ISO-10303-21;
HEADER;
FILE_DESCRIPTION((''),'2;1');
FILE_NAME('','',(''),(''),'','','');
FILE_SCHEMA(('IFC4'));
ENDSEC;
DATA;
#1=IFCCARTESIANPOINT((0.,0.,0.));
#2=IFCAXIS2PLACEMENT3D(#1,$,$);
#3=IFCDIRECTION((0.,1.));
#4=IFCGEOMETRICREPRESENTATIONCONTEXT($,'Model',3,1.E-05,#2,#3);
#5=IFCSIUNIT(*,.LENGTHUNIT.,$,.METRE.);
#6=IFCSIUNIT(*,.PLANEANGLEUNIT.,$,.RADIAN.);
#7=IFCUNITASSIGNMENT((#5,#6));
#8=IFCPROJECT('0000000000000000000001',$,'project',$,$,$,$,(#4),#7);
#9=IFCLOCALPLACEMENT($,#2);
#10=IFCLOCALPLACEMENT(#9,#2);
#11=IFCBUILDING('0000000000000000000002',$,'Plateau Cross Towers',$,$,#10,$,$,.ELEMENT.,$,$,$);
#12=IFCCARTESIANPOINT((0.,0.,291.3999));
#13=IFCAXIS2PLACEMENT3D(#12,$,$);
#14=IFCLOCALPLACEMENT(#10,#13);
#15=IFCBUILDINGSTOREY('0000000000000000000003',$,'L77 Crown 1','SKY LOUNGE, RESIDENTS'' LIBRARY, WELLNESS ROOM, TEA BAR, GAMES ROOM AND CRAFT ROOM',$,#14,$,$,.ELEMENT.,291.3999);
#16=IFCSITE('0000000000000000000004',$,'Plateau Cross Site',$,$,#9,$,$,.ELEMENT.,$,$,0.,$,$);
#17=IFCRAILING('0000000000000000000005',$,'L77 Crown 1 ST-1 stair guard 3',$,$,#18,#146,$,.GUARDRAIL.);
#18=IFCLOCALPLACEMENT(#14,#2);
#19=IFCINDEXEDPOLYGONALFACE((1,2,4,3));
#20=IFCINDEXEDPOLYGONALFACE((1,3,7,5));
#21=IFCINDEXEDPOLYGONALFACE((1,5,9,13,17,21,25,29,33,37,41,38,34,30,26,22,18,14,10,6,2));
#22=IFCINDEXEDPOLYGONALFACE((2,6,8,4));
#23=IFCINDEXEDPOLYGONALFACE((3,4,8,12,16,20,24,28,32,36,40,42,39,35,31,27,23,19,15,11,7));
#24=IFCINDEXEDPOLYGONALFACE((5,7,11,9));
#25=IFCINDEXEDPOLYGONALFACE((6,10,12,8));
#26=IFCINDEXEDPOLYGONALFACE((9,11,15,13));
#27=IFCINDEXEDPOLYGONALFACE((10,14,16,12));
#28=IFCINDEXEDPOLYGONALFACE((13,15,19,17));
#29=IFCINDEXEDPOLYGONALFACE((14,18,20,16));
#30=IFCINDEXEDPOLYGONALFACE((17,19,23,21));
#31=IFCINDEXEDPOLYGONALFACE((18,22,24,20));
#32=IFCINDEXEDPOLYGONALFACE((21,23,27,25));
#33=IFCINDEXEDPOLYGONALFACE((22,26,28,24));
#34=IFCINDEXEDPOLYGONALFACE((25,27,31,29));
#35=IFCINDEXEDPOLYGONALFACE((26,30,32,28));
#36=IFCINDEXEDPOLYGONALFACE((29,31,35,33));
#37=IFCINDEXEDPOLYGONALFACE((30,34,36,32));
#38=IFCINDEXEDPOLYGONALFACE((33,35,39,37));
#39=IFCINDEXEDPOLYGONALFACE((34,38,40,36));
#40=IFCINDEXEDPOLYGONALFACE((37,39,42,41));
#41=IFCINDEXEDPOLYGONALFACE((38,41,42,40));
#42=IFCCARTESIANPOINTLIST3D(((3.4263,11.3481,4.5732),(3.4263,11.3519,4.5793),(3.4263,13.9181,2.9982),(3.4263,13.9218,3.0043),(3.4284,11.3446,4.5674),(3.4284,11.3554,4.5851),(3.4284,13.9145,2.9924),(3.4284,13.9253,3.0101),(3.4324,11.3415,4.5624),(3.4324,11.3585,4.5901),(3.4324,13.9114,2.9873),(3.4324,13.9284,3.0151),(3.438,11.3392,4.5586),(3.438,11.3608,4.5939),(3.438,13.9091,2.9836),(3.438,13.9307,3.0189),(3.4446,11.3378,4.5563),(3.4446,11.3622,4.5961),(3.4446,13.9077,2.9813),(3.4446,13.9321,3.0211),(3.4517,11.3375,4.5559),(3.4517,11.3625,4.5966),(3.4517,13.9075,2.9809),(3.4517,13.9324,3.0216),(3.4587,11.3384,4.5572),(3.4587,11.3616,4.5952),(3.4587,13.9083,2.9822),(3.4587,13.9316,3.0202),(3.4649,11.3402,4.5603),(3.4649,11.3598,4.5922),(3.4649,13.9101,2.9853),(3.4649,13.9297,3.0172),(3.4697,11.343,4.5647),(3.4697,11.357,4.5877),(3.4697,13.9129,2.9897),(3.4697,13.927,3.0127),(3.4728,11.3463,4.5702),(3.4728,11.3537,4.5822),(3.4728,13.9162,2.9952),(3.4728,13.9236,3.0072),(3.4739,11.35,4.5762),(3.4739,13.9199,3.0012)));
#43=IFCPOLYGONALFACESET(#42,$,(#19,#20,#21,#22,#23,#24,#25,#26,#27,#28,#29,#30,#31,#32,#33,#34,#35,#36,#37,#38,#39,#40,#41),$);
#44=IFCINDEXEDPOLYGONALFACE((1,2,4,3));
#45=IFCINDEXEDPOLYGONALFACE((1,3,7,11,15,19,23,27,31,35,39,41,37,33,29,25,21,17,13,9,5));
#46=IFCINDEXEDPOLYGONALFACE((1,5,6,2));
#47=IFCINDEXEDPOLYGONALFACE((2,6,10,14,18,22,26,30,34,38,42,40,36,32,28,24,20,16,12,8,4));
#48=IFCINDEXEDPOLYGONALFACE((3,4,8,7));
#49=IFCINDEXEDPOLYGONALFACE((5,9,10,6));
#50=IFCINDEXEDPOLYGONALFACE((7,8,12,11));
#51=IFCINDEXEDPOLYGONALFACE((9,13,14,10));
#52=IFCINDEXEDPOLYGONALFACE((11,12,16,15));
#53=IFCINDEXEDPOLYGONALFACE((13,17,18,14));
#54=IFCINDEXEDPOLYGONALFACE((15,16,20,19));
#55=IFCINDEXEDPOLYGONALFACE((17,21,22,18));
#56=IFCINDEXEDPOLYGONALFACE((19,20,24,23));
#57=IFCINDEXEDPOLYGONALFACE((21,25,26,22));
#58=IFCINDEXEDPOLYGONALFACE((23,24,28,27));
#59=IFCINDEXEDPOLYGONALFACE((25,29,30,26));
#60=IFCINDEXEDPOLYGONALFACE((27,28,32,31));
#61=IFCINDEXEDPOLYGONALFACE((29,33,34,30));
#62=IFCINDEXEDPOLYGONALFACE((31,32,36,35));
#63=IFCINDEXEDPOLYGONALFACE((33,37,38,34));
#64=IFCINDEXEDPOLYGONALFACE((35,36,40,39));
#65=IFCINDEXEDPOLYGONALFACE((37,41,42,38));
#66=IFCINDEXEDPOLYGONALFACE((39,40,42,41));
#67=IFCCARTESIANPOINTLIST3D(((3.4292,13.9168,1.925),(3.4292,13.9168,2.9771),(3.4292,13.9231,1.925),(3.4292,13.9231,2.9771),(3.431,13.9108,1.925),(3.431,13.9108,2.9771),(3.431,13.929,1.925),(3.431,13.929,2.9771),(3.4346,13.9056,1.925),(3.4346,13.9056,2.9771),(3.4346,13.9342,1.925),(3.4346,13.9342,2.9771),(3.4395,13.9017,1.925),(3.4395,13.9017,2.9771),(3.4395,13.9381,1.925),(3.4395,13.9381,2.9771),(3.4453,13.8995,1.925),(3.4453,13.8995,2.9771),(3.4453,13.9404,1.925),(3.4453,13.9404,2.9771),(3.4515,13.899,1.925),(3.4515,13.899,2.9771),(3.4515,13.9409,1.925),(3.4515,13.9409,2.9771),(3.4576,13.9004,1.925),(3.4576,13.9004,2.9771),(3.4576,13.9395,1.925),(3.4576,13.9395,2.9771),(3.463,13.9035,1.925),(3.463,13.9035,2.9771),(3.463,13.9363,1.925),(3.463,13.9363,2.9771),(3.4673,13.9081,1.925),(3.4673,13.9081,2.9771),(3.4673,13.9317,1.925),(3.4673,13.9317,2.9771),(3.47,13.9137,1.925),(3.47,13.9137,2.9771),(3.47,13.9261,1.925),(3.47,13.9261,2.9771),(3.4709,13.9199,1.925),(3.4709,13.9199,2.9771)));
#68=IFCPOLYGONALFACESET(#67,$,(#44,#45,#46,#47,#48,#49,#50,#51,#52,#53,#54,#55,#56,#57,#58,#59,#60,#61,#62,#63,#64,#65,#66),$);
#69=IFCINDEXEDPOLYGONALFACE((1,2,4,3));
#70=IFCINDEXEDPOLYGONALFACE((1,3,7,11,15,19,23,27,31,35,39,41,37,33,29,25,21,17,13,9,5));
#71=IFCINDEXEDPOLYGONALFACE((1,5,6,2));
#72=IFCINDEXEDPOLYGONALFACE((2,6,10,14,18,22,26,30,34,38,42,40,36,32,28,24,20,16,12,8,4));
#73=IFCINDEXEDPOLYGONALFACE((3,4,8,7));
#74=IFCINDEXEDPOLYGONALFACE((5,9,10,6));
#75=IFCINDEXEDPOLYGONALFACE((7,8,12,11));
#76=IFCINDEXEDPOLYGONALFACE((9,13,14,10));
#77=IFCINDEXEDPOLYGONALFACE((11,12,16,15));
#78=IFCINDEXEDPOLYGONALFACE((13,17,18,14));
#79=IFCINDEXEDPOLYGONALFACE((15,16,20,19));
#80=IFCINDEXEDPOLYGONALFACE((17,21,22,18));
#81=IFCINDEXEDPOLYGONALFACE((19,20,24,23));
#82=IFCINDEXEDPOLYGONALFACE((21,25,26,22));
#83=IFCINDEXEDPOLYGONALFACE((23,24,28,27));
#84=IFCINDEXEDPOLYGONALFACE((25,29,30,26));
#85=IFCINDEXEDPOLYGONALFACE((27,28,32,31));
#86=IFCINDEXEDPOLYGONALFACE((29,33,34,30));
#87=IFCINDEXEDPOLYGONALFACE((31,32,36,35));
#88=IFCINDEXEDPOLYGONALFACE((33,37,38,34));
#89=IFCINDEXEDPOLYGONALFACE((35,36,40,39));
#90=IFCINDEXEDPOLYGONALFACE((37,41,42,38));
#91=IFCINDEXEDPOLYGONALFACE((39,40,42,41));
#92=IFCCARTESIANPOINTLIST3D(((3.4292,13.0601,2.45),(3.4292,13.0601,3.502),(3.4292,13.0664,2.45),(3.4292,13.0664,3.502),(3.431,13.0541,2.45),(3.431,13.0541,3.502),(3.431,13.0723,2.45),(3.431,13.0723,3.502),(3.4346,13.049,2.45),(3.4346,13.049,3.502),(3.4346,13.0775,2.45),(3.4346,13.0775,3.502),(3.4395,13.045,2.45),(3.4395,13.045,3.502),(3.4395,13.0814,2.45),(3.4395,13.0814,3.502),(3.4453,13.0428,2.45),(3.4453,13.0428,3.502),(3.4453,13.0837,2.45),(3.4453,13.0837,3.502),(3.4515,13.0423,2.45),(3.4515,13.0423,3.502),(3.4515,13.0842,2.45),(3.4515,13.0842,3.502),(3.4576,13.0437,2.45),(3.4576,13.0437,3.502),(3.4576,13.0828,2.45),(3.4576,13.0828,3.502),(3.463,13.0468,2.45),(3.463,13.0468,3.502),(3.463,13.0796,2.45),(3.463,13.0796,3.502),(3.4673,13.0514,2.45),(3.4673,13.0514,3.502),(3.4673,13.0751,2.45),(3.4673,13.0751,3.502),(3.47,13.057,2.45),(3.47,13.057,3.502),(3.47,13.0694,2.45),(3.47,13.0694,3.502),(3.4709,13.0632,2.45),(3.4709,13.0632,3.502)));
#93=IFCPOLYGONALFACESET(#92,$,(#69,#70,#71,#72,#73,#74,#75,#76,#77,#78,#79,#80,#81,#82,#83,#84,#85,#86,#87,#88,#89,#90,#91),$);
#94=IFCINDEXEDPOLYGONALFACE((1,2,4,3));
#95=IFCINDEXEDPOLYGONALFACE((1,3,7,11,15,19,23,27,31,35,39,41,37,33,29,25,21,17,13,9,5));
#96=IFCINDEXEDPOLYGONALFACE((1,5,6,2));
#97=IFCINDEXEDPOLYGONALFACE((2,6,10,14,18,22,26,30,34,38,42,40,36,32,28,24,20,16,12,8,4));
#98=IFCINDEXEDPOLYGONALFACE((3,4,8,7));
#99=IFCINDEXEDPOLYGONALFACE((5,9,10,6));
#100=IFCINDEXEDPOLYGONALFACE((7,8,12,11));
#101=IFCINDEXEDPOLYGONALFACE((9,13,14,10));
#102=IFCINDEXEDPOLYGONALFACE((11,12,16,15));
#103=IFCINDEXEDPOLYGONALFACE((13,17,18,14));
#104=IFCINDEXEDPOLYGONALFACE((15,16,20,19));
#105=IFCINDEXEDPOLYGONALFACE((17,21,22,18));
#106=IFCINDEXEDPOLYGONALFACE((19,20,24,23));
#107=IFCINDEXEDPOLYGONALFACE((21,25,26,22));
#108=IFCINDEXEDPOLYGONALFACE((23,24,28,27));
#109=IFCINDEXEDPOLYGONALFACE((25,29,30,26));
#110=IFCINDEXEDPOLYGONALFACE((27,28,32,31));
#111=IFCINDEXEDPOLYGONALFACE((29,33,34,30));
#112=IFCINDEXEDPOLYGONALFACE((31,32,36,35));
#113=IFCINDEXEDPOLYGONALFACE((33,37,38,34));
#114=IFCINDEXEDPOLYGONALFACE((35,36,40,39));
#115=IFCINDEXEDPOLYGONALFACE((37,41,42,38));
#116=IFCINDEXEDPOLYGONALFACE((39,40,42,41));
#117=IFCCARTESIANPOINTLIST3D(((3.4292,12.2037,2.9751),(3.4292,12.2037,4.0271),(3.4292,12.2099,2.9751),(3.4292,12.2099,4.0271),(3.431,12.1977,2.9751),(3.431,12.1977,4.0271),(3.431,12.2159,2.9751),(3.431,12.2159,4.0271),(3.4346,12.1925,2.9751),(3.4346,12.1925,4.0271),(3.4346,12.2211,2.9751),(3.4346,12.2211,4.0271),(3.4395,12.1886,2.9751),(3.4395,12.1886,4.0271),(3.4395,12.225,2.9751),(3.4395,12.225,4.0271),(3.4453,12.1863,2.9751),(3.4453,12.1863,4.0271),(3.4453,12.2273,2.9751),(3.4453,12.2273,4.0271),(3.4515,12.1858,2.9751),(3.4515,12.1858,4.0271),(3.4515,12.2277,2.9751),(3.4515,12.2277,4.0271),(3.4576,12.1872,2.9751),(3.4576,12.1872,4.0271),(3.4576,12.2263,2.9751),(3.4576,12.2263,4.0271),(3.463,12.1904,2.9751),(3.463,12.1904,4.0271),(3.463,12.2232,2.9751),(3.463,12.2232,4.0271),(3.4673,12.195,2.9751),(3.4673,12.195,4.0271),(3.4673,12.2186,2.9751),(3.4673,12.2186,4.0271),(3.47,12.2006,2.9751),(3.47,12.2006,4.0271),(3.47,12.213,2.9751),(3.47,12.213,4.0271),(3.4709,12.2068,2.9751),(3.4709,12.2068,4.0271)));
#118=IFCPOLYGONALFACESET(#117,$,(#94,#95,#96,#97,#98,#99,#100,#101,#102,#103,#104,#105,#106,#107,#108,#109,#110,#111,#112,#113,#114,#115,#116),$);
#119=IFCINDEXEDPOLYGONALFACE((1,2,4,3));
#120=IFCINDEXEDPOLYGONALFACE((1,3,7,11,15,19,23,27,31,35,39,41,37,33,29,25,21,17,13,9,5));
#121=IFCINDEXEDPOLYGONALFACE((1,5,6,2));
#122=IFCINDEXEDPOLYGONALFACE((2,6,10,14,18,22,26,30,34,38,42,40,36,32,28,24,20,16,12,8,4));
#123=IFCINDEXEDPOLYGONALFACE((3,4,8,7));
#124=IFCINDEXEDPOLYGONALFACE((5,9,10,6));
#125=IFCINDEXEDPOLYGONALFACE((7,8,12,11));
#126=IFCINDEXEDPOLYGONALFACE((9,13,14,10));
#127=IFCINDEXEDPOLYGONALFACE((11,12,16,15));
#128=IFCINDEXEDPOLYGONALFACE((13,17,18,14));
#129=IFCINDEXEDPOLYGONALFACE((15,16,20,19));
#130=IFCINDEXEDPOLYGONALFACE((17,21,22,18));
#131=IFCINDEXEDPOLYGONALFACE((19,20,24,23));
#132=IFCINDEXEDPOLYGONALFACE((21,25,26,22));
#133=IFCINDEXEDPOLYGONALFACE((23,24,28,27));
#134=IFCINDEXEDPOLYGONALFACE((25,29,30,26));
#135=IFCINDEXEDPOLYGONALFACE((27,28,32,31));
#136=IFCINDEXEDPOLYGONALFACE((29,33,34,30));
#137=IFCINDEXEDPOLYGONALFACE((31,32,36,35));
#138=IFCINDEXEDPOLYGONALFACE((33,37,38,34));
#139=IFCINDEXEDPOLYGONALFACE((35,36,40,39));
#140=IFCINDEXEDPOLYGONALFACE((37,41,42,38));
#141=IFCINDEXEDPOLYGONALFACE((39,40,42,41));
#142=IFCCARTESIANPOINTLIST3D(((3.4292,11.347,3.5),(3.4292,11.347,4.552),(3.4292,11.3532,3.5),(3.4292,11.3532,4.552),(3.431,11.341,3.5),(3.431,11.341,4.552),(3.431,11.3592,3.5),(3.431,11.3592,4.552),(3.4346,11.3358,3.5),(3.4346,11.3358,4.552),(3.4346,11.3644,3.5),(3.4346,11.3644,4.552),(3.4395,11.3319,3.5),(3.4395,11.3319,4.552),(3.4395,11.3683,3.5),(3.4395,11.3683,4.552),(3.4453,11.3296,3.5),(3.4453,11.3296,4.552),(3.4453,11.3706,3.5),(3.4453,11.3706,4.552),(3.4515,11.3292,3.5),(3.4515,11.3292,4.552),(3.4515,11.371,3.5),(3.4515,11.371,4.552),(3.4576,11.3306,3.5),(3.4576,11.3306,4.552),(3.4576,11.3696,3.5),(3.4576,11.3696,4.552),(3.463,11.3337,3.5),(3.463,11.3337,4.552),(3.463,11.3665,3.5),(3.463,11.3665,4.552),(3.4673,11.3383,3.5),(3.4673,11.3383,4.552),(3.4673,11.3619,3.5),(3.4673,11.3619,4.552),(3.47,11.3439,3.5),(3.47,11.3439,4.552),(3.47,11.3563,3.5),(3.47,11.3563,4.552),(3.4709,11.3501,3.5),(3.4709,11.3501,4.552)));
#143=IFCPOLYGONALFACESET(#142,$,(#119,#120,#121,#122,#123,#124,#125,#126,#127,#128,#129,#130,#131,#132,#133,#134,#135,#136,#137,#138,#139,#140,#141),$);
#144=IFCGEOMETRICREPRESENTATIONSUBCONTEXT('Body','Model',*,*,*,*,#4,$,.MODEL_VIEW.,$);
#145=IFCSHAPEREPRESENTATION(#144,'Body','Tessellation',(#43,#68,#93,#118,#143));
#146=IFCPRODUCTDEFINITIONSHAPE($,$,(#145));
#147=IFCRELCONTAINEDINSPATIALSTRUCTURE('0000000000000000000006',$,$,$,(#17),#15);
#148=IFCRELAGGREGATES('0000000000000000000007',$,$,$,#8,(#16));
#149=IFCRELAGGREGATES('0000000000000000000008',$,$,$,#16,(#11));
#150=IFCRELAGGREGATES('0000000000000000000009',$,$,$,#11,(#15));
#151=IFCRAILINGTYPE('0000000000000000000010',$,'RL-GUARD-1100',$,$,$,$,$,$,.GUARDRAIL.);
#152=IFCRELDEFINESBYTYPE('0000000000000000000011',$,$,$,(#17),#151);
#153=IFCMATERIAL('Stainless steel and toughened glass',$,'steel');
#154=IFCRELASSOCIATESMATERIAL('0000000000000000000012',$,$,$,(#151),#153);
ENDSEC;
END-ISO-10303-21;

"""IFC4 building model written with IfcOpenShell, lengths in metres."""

from ifc_helpers import new_model, si_unit, direction, frame, origin, origin_2d, place, context, subcontext, project, spatial, circle, extrude, material, type_object, element, save


model = new_model("IFC4")

# Units and contexts
model_context = context("Model", 3, precision=1e-05, world=origin(), true_north=direction((0.0, 1.0)))
body_context = subcontext(model_context, "Body", "Model", "MODEL_VIEW")
ifc_project = project(units=[si_unit("LENGTHUNIT", "METRE"), si_unit("PLANEANGLEUNIT", "RADIAN")], contexts=[model_context])

# Site, building, storey
site_placement = place(None, origin())
site = spatial("IfcSite", under=ifc_project, at=site_placement, Name="Plateau Cross Site", CompositionType="ELEMENT", RefElevation=0.0)
building_placement = place(site_placement, origin())
building = spatial("IfcBuilding", under=site, at=building_placement, Name="Plateau Cross Towers", CompositionType="ELEMENT")
storey_placement = place(building_placement, frame((0.0, 0.0, 291.3999)))
storey = spatial("IfcBuildingStorey", under=building, at=storey_placement, Name="L77 Crown 1", Description="SKY LOUNGE, RESIDENTS' LIBRARY, WELLNESS ROOM, TEA BAR, GAMES ROOM AND CRAFT ROOM", CompositionType="ELEMENT", Elevation=291.3999)

# Railing
ifc_material_1 = material(Name="Stainless steel and toughened glass", Category="steel")
railing_type_1 = type_object("IfcRailingType", Name="RL-GUARD-1100", PredefinedType="GUARDRAIL", material=ifc_material_1)
railing_1_placement = place(storey_placement, frame((3.45, 13.9199, 1.925)))
element("IfcRailing", 1, at=railing_1_placement, inside=storey, type_object=railing_type_1, Name="L77 Crown 1 ST-1 stair guard 3", PredefinedType="GUARDRAIL", context=body_context, shape_type="SweptSolid", body=[
    extrude(circle(Radius=0.0239, at=origin_2d()), frame((0.0, 0.0, 1.0762), z_axis=(0.0, -0.852616, 0.522537), x_axis=(1.0, 0.0, 0.0)), (0.0, 0.0, 1.0), 3.0142),
    extrude(circle(Radius=0.021, at=origin_2d()), origin(), (0.0, 0.0, 1.0), 1.052),
    extrude(circle(Radius=0.021, at=origin_2d()), frame((0.0, -0.8567, 0.5249)), (0.0, 0.0, 1.0), 1.052),
    extrude(circle(Radius=0.021, at=origin_2d()), frame((0.0, -1.7131, 1.05)), (0.0, 0.0, 1.0), 1.052),
    extrude(circle(Radius=0.021, at=origin_2d()), frame((0.0, -2.5698, 1.575)), (0.0, 0.0, 1.0), 1.052),
])

save(model, "model.ifc")
